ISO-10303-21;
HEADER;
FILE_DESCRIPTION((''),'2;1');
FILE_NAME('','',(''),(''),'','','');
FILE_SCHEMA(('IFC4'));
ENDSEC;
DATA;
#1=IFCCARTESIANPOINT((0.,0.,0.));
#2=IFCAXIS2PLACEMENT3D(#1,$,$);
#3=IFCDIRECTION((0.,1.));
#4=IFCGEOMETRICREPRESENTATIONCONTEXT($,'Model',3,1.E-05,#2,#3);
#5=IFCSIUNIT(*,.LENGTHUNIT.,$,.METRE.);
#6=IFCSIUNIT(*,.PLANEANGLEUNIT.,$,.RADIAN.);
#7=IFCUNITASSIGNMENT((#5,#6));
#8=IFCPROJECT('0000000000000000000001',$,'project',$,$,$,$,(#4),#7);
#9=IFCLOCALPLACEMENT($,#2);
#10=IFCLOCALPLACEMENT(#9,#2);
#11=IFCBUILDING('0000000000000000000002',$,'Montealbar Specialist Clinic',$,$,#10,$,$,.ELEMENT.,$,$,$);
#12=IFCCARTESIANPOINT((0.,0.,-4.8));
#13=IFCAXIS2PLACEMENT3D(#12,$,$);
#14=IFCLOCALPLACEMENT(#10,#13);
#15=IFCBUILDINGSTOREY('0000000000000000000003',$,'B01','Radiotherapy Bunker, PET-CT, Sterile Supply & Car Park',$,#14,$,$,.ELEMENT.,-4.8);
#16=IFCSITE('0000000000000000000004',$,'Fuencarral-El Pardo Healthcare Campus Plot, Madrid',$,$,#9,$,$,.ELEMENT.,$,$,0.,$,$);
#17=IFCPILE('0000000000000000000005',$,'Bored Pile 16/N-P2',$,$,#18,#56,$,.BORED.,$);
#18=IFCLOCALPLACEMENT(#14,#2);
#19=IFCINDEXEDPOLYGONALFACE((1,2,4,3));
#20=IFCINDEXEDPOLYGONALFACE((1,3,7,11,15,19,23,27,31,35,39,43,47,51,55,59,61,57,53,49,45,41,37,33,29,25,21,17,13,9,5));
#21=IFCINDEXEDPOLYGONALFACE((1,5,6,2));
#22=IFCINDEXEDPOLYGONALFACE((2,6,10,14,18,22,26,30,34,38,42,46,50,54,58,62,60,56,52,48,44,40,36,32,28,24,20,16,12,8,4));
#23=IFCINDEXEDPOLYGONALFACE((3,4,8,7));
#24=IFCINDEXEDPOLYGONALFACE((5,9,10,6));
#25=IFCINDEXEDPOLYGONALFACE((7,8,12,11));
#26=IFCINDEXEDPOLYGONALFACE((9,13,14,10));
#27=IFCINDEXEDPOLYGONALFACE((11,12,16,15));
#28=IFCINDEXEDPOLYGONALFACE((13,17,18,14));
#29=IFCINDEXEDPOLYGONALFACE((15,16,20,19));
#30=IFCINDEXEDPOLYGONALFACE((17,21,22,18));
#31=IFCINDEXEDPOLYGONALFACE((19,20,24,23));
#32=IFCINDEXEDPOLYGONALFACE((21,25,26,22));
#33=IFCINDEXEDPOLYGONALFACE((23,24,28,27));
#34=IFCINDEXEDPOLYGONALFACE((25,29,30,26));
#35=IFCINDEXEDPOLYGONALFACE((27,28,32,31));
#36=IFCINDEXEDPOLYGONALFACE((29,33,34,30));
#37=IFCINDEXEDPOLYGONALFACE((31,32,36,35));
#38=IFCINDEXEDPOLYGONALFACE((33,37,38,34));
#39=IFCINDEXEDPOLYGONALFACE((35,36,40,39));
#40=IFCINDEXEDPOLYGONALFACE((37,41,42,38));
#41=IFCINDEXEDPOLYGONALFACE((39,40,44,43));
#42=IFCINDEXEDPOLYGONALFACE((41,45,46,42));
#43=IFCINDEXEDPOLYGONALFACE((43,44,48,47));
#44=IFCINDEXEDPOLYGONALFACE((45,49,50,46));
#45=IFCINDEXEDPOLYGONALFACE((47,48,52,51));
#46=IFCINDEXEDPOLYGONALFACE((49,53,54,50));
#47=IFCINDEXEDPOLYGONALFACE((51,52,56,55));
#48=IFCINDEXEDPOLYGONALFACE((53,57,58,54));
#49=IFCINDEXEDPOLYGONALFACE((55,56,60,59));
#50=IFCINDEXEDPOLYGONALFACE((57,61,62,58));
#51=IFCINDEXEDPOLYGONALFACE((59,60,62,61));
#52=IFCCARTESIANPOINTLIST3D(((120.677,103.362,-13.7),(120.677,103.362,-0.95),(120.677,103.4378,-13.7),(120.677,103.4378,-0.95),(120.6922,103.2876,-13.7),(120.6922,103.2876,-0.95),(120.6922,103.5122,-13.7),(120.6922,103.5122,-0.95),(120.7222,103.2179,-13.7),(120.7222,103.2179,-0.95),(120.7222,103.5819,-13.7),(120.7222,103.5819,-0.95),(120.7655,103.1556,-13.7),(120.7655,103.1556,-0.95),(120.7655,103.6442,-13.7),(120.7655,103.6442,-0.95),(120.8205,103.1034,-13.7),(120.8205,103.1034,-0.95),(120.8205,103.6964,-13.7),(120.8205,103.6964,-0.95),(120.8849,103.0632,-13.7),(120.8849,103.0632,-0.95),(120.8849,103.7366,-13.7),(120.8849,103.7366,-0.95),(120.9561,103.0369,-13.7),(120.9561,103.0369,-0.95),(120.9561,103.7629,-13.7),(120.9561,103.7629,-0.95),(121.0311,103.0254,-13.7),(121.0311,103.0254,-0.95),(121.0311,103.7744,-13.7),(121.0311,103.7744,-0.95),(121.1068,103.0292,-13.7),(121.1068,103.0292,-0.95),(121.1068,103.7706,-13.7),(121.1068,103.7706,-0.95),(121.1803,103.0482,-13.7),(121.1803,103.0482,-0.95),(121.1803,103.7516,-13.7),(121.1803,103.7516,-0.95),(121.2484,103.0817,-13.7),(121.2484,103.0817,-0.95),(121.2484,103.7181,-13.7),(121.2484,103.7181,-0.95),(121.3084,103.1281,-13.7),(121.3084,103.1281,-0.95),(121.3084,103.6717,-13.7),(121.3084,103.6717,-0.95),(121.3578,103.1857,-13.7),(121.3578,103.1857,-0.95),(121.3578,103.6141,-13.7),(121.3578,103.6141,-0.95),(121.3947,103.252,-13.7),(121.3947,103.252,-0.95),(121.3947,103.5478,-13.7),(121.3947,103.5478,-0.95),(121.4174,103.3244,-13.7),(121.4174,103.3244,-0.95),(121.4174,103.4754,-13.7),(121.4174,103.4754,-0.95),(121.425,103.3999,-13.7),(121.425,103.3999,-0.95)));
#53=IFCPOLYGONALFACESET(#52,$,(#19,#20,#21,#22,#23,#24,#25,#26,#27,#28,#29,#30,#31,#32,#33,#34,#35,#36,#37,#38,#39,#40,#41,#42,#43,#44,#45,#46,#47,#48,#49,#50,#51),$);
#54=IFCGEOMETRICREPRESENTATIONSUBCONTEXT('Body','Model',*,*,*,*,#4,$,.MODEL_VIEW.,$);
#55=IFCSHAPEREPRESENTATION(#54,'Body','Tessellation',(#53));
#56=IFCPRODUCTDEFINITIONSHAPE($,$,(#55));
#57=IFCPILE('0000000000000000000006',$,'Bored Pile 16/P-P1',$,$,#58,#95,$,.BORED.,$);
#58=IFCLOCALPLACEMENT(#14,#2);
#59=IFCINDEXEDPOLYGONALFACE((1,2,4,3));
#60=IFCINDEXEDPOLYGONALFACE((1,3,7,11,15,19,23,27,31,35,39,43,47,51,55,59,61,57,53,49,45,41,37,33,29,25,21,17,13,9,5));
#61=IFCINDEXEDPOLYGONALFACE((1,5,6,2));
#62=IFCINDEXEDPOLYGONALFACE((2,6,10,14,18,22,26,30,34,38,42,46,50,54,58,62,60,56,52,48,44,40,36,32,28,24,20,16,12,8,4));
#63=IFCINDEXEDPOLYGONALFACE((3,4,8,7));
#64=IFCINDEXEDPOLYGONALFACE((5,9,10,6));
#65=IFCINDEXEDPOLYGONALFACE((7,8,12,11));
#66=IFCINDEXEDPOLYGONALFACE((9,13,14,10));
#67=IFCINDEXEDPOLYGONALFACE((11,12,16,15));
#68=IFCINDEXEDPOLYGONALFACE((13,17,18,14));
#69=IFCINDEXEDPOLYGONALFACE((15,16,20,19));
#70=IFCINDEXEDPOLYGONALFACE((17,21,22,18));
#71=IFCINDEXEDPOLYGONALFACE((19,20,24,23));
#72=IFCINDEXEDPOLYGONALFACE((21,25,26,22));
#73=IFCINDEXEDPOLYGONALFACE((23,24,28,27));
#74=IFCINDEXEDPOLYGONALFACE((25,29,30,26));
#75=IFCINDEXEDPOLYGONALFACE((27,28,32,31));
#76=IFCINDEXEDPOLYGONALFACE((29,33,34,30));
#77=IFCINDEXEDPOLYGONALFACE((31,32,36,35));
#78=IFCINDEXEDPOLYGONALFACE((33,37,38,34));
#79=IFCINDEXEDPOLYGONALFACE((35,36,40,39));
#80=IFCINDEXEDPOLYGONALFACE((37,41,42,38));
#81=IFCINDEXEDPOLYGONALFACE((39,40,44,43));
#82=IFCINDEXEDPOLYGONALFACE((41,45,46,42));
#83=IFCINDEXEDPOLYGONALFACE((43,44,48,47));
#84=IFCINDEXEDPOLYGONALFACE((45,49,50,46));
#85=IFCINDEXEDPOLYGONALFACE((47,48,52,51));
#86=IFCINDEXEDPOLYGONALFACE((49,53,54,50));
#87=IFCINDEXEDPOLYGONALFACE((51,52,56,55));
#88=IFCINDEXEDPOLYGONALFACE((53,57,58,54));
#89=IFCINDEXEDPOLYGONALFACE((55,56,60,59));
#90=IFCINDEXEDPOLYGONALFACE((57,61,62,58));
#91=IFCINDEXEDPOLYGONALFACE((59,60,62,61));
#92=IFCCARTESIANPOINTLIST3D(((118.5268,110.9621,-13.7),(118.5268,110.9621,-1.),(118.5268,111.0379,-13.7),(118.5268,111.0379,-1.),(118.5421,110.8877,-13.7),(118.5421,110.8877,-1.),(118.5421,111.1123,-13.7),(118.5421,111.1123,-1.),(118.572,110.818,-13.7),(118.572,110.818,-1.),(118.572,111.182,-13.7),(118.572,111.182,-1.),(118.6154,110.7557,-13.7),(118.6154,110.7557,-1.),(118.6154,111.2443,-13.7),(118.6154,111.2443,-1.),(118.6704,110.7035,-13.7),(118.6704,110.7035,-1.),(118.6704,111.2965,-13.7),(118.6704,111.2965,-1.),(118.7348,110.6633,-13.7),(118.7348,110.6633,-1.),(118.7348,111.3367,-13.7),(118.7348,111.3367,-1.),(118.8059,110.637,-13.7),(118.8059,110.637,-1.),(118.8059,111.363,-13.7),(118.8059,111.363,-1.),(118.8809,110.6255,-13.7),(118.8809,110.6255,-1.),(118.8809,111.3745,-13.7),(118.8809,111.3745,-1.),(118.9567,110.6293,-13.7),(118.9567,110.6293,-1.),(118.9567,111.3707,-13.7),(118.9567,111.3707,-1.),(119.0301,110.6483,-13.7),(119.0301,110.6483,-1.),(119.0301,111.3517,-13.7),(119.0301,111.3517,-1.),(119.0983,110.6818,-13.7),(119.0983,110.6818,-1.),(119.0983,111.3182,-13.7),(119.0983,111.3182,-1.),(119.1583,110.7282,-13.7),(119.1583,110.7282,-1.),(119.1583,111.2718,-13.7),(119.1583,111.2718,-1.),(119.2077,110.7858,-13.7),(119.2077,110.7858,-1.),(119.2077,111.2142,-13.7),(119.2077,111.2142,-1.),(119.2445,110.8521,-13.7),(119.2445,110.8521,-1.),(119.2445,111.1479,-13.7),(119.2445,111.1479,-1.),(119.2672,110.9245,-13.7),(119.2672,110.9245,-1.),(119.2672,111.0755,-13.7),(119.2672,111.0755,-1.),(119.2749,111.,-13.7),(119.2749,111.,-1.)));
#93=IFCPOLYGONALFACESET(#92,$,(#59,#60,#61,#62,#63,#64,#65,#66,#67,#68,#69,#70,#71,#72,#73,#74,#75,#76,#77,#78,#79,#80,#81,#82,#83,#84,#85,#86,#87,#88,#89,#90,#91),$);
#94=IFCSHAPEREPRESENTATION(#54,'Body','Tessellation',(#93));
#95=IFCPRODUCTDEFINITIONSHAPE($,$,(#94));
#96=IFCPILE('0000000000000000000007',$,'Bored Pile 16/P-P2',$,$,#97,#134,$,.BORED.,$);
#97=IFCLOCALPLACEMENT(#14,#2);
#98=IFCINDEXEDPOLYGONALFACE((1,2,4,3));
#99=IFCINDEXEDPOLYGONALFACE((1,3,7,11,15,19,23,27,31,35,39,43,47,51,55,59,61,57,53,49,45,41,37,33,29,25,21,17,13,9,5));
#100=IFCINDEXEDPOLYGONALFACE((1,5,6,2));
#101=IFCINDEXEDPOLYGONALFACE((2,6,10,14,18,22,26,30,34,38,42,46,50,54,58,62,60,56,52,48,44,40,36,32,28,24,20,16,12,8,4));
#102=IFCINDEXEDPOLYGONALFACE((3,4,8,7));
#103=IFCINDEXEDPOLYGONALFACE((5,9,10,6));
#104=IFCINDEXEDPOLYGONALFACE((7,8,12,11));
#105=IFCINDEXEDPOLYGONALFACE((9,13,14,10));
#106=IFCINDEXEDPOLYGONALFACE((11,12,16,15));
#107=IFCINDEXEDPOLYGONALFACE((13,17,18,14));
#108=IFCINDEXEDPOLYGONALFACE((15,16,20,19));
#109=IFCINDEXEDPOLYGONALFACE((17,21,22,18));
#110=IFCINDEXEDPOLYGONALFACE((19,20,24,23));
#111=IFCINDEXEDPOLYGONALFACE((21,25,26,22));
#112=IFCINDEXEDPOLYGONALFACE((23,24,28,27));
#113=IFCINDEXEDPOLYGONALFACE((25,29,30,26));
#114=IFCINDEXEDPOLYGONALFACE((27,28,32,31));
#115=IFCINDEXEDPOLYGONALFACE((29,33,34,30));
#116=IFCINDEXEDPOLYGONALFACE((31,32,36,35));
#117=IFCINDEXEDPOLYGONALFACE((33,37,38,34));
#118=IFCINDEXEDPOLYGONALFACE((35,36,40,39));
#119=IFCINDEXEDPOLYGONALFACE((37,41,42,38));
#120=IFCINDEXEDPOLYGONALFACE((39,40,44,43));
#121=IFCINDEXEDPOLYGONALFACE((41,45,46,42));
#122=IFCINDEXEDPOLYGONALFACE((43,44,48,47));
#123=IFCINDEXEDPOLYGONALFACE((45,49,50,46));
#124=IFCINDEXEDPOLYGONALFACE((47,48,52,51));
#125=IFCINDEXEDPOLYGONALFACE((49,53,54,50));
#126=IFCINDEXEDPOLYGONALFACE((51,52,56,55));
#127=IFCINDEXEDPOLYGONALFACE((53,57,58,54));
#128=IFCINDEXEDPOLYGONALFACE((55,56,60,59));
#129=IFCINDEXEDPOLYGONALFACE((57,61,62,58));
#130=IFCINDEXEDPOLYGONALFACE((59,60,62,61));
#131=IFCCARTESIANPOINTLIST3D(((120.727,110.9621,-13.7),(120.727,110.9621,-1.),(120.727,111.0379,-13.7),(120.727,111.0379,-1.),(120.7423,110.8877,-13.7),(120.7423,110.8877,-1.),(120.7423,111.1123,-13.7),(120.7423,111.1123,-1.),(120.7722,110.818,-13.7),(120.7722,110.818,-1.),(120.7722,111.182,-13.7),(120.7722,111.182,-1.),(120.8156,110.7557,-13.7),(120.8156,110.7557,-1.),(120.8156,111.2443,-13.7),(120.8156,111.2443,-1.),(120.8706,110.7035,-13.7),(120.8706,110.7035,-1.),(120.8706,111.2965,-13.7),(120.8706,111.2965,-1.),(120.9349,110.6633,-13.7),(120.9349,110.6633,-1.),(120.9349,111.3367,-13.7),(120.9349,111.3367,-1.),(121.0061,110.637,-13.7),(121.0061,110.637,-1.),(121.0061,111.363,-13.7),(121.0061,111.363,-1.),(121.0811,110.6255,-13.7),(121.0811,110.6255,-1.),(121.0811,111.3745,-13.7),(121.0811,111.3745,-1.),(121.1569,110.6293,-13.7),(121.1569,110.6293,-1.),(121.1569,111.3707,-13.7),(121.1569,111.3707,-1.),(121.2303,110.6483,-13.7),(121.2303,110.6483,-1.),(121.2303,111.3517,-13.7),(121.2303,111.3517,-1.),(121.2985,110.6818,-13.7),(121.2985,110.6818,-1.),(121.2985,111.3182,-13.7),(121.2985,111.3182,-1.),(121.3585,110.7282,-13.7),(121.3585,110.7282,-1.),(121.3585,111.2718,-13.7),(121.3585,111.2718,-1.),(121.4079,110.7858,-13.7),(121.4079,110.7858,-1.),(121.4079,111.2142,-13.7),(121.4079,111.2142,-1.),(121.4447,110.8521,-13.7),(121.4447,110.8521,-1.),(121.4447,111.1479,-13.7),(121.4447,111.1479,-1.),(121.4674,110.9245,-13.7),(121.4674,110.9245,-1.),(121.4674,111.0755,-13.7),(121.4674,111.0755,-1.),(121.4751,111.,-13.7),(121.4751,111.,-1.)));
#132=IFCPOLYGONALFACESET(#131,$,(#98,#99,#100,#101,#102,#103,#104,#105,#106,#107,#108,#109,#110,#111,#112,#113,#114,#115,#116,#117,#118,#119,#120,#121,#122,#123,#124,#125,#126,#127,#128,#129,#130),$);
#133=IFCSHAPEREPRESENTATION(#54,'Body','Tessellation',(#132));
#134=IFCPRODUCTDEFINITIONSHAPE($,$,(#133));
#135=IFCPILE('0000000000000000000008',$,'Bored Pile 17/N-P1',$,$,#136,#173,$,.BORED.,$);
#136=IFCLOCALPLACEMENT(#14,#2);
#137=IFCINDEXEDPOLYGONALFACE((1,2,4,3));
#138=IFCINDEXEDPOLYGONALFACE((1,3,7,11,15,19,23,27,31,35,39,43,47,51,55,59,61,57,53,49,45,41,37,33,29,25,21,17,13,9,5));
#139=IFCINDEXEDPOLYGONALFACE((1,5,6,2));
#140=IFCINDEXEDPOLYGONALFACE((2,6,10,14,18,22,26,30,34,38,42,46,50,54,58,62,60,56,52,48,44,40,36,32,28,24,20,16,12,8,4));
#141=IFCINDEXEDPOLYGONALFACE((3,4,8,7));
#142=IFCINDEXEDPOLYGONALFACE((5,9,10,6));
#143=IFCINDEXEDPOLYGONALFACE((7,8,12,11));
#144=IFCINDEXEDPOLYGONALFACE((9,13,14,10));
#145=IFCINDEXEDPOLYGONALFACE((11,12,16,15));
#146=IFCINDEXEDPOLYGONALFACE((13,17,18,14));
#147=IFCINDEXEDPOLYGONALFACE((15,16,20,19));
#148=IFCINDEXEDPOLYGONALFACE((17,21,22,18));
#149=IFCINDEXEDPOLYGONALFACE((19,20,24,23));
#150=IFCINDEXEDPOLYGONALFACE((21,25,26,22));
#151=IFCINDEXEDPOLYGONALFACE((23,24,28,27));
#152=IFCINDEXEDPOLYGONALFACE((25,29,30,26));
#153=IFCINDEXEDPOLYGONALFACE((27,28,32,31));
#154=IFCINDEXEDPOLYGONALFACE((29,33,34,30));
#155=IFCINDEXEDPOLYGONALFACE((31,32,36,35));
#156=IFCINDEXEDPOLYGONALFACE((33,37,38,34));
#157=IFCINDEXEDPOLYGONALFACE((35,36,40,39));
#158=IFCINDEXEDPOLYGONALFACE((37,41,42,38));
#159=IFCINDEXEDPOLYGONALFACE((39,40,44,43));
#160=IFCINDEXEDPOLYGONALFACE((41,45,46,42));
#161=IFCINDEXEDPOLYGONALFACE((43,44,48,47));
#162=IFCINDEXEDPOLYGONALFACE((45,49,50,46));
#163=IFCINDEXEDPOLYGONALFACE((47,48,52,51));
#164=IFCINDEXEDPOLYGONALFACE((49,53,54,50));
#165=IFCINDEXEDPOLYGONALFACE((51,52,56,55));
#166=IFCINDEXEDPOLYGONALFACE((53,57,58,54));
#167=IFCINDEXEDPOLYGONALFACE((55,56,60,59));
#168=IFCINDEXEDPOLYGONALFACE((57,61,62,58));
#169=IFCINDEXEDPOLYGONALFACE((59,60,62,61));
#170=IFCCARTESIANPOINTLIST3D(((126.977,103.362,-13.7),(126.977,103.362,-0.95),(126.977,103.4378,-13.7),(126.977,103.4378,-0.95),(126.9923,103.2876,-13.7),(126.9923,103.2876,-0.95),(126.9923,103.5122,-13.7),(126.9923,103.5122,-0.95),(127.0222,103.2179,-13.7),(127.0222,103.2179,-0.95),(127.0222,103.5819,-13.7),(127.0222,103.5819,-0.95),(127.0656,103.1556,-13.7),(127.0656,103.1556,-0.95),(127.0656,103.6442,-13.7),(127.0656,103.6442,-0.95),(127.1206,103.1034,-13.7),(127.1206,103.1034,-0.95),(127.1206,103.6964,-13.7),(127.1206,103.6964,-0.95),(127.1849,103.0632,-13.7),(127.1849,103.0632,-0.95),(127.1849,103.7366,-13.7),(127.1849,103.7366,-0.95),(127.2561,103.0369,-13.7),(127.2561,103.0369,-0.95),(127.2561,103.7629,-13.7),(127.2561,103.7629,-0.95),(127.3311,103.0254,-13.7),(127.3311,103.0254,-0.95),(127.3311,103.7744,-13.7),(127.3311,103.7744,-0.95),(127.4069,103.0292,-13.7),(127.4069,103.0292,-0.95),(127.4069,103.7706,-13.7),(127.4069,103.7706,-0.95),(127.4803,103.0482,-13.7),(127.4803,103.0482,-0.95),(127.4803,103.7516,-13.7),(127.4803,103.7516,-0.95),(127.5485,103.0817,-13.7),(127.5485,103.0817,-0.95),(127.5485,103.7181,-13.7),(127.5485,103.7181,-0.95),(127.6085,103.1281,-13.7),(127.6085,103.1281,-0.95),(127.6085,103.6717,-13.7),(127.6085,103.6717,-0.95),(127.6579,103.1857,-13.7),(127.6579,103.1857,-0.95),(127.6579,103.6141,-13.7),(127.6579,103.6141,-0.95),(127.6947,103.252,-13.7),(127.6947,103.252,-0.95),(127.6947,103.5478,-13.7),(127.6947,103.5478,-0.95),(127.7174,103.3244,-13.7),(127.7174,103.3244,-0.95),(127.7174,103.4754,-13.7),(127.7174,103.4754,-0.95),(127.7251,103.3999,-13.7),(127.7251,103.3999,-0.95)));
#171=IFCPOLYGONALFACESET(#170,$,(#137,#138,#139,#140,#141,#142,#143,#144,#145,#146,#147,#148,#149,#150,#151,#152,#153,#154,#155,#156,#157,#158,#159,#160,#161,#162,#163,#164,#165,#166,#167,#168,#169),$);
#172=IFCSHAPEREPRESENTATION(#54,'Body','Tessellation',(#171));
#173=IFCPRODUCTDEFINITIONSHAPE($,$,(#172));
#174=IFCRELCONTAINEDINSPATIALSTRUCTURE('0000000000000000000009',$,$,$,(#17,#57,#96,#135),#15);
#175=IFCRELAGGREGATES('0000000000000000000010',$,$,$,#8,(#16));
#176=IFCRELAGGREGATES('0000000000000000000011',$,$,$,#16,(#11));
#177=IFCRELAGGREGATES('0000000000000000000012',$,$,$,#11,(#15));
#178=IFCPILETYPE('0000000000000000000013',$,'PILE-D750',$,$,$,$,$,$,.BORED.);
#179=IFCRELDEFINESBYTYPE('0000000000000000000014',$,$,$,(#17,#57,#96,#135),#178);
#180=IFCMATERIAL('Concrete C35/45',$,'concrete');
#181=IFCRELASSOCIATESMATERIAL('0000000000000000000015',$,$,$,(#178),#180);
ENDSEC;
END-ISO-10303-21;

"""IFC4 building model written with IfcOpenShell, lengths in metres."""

from ifc_helpers import new_model, si_unit, direction, frame, origin, origin_2d, place, context, subcontext, project, spatial, circle, extrude, material, material_profile, profile_set, type_object, element, save


model = new_model("IFC4")

# Units and contexts
model_context = context("Model", 3, precision=1e-05, world=origin(), true_north=direction((0.0, 1.0)))
body_context = subcontext(model_context, "Body", "Model", "MODEL_VIEW")
ifc_project = project(units=[si_unit("LENGTHUNIT", "METRE"), si_unit("PLANEANGLEUNIT", "RADIAN")], contexts=[model_context])

# Site, building, storey
site_placement = place(None, origin())
site = spatial("IfcSite", under=ifc_project, at=site_placement, Name="Fuencarral-El Pardo Healthcare Campus Plot, Madrid", CompositionType="ELEMENT", RefElevation=0.0)
building_placement = place(site_placement, origin())
building = spatial("IfcBuilding", under=site, at=building_placement, Name="Montealbar Specialist Clinic", CompositionType="ELEMENT")
storey_placement = place(building_placement, frame((0.0, 0.0, -4.8)))
storey = spatial("IfcBuildingStorey", under=building, at=storey_placement, Name="B01", Description="Radiotherapy Bunker, PET-CT, Sterile Supply & Car Park", CompositionType="ELEMENT", Elevation=-4.8)

# Shared definitions
ifc_material_1 = material(Name="Concrete C35/45", Category="concrete")

# Piles
ifc_material_profile_1 = material_profile(ifc_material_1, circle(Radius=0.375, at=origin_2d()), Name="PILE D750", Category="concrete")
ifc_profile_set_1 = profile_set([ifc_material_profile_1], Name="Concrete C35/45")
pile_type = type_object("IfcPileType", Name="PILE-D750", PredefinedType="BORED", material=ifc_profile_set_1)
for number, where, z_axis, x_axis, name in (
    (1, (121.05, 103.3999, -0.95), (0.0, 0.0, -1.0), (1.0, 0.0, 0.0), "Bored Pile 16/N-P2"),
):
    element("IfcPile", number, at=place(storey_placement, frame(where, z_axis=z_axis, x_axis=x_axis)), inside=storey, type_object=pile_type, Name=name, PredefinedType="BORED", context=body_context, shape_type="SweptSolid", body=[
        extrude(circle(Radius=0.375, at=origin_2d()), origin(), (0.0, 0.0, 1.0), 12.75),
    ])
for number, where, z_axis, x_axis, name in (
    (2, (118.8999, 111.0, -1.0), (0.0, 0.0, -1.0), (1.0, 0.0, 0.0), "Bored Pile 16/P-P1"),
    (3, (121.1001, 111.0, -1.0), (0.0, 0.0, -1.0), (1.0, 0.0, 0.0), "Bored Pile 16/P-P2"),
):
    element("IfcPile", number, at=place(storey_placement, frame(where, z_axis=z_axis, x_axis=x_axis)), inside=storey, type_object=pile_type, Name=name, PredefinedType="BORED", context=body_context, shape_type="SweptSolid", body=[
        extrude(circle(Radius=0.375, at=origin_2d()), origin(), (0.0, 0.0, 1.0), 12.7),
    ])
pile_1_placement = place(storey_placement, frame((127.3501, 103.3999, -0.95), z_axis=(0.0, 0.0, -1.0), x_axis=(1.0, 0.0, 0.0)))
element("IfcPile", 4, at=pile_1_placement, inside=storey, type_object=pile_type, Name="Bored Pile 17/N-P1", PredefinedType="BORED", context=body_context, shape_type="SweptSolid", body=[
    extrude(circle(Radius=0.375, at=origin_2d()), origin(), (0.0, 0.0, 1.0), 12.75),
])

save(model, "model.ifc")
